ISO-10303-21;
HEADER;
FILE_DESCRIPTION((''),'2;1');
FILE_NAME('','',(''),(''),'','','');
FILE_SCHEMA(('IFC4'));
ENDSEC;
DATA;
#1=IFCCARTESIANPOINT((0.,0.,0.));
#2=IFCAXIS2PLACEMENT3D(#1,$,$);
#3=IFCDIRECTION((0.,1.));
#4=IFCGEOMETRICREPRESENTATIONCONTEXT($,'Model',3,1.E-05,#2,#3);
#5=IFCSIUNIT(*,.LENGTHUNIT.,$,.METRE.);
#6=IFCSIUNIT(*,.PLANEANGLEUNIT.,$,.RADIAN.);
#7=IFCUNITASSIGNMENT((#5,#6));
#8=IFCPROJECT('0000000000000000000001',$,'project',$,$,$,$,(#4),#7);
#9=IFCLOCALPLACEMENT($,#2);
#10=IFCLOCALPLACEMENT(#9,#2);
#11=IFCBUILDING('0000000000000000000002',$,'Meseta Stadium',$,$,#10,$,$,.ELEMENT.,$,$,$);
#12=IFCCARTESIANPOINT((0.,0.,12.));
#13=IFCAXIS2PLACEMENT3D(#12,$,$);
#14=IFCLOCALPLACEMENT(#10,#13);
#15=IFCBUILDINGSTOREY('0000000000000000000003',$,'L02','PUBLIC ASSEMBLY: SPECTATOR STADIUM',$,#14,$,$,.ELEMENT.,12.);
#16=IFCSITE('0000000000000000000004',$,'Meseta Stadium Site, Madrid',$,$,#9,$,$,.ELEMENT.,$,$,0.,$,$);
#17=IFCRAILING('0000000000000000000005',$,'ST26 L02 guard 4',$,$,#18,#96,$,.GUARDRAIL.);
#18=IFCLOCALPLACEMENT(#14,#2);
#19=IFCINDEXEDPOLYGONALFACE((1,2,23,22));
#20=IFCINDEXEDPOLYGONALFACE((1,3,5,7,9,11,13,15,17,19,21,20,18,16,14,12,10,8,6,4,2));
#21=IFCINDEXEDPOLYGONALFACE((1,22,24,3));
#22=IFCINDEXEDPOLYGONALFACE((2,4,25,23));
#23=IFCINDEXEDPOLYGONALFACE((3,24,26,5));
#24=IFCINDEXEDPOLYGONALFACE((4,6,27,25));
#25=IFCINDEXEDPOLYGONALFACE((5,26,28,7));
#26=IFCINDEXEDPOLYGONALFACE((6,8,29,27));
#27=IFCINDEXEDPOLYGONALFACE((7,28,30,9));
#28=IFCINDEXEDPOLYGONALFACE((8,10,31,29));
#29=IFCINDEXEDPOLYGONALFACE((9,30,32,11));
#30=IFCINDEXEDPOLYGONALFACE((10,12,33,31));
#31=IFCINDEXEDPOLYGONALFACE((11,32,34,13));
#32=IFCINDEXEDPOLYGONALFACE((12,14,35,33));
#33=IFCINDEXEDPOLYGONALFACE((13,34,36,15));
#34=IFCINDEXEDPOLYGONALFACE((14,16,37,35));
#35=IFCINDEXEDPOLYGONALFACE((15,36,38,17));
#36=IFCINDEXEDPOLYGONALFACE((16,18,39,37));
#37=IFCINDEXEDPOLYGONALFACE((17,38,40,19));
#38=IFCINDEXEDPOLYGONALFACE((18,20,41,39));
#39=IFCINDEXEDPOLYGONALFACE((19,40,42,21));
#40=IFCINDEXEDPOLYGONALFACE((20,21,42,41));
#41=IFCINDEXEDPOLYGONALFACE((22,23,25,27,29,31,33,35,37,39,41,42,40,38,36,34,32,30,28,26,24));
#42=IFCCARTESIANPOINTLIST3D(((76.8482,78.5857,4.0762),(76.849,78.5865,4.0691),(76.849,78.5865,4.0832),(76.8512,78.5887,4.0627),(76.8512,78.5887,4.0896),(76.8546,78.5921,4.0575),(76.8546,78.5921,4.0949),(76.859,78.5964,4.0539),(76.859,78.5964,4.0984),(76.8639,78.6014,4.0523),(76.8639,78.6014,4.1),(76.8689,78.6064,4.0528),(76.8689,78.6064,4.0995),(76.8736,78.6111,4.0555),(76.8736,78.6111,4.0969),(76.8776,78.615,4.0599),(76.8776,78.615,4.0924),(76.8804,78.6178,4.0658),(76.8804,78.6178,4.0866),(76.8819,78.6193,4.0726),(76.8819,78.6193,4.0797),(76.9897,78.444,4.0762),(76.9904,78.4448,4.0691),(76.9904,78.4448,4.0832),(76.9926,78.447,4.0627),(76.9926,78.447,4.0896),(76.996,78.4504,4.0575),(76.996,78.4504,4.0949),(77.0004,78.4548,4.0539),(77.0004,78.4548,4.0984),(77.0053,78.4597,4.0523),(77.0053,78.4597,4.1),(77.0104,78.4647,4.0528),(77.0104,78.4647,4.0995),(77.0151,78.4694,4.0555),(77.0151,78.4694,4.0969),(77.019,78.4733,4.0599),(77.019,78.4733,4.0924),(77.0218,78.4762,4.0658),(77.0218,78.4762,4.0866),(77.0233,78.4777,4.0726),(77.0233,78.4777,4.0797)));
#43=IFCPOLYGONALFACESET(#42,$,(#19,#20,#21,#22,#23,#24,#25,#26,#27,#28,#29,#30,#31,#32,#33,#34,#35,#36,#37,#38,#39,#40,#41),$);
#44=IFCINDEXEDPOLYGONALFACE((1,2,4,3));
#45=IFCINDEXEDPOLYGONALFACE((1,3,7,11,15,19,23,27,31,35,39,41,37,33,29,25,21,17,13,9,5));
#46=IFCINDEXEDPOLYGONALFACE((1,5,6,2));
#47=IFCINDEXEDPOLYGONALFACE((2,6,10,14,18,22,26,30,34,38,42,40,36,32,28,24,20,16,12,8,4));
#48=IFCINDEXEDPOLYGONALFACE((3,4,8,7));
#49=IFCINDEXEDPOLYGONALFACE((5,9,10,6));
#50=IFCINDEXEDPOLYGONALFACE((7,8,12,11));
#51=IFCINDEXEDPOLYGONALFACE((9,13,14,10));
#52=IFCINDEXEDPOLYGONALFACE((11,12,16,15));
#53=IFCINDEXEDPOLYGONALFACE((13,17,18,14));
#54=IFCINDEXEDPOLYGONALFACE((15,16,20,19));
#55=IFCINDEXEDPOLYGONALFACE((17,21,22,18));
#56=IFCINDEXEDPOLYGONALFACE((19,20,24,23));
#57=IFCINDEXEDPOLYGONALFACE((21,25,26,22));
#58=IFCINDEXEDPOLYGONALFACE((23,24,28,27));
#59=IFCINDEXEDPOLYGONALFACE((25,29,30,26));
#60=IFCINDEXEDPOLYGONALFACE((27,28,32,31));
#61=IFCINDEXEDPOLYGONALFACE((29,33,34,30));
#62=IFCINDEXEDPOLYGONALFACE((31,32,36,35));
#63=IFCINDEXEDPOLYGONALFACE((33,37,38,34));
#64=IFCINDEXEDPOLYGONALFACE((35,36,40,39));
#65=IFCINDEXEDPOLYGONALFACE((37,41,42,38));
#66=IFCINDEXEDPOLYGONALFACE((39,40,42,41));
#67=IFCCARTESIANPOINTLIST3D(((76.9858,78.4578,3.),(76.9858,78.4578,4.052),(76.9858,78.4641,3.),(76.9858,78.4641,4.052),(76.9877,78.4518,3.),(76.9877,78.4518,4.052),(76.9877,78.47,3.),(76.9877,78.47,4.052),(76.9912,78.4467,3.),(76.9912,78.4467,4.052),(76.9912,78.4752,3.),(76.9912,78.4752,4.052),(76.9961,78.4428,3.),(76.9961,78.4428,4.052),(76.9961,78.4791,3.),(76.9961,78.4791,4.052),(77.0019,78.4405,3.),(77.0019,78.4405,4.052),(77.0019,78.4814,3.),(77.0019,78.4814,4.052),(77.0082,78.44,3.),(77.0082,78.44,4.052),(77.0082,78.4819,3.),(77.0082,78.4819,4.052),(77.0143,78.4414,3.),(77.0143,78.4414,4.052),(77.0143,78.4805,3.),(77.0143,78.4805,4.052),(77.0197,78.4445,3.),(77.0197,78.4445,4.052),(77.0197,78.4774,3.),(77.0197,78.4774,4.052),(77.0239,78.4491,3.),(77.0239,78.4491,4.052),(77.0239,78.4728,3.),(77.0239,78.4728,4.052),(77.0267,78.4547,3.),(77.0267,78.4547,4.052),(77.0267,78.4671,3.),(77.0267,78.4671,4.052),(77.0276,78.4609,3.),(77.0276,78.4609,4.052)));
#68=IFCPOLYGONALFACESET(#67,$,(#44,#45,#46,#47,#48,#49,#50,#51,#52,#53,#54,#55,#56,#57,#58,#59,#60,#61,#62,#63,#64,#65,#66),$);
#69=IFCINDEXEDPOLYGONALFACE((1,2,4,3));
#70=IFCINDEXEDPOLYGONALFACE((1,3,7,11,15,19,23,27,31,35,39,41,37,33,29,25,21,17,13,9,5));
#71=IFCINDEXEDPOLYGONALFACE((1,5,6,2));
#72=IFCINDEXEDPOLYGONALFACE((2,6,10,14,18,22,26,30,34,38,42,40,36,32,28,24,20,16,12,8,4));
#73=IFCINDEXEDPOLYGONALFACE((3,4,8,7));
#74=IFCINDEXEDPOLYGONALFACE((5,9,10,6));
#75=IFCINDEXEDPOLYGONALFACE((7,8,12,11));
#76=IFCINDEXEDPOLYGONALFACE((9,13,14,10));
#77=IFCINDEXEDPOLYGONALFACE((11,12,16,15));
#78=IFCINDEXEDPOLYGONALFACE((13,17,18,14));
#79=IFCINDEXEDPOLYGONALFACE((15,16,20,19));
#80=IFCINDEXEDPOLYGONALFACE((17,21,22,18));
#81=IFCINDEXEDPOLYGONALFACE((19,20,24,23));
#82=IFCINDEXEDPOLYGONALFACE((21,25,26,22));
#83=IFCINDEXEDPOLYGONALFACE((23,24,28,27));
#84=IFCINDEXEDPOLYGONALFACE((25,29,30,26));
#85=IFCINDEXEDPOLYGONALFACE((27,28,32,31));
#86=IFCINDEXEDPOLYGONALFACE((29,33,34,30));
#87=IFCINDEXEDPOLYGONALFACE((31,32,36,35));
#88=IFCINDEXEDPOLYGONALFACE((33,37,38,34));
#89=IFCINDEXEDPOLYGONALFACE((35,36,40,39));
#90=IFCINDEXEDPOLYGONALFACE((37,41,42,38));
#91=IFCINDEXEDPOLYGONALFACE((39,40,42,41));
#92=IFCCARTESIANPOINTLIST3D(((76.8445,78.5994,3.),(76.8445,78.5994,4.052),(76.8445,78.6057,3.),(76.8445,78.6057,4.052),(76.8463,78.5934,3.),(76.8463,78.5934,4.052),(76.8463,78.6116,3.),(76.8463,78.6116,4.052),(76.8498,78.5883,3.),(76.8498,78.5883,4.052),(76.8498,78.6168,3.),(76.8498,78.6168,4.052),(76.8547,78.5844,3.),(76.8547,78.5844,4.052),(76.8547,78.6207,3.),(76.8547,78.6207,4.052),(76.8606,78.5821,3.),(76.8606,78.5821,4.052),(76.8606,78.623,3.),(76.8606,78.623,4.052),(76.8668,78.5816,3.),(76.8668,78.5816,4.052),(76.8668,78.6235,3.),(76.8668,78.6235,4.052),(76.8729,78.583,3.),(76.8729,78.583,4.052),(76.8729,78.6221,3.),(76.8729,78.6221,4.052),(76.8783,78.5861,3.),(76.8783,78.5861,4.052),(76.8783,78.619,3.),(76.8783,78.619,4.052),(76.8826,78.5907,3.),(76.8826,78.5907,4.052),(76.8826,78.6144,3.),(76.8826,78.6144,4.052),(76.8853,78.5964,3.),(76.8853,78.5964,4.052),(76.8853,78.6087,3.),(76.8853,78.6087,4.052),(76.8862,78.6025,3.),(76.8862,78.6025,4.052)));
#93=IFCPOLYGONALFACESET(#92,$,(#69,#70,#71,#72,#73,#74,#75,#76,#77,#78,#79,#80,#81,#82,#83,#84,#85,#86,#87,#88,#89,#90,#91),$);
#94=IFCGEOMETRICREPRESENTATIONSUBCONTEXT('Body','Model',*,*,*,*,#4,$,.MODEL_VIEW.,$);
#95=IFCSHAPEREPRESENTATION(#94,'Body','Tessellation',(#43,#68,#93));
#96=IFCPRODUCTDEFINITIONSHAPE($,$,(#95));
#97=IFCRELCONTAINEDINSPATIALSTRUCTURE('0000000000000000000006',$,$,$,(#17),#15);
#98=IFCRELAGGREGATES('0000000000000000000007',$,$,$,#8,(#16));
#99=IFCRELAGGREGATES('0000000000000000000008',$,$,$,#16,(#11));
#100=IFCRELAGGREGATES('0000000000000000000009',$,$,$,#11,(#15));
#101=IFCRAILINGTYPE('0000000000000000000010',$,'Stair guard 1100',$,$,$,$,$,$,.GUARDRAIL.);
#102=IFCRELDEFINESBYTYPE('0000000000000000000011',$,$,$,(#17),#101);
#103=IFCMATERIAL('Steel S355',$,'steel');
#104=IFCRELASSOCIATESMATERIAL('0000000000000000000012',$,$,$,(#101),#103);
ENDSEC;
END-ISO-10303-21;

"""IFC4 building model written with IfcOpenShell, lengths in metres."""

from ifc_helpers import new_model, si_unit, direction, frame, origin, origin_2d, place, context, subcontext, project, spatial, circle, extrude, material, type_object, element, save


model = new_model("IFC4")

# Units and contexts
model_context = context("Model", 3, precision=1e-05, world=origin(), true_north=direction((0.0, 1.0)))
body_context = subcontext(model_context, "Body", "Model", "MODEL_VIEW")
ifc_project = project(units=[si_unit("LENGTHUNIT", "METRE"), si_unit("PLANEANGLEUNIT", "RADIAN")], contexts=[model_context])

# Site, building, storey
site_placement = place(None, origin())
site = spatial("IfcSite", under=ifc_project, at=site_placement, Name="Meseta Stadium Site, Madrid", CompositionType="ELEMENT", RefElevation=0.0)
building_placement = place(site_placement, origin())
building = spatial("IfcBuilding", under=site, at=building_placement, Name="Meseta Stadium", CompositionType="ELEMENT")
storey_placement = place(building_placement, frame((0.0, 0.0, 12.0)))
storey = spatial("IfcBuildingStorey", under=building, at=storey_placement, Name="L02", Description="PUBLIC ASSEMBLY: SPECTATOR STADIUM", CompositionType="ELEMENT", Elevation=12.0)

# Railing
ifc_material_1 = material(Name="Steel S355", Category="steel")
railing_type_1 = type_object("IfcRailingType", Name="Stair guard 1100", PredefinedType="GUARDRAIL", material=ifc_material_1)
railing_1_placement = place(storey_placement, frame((77.0066, 78.4609, 3.0)))
element("IfcRailing", 1, at=railing_1_placement, inside=storey, type_object=railing_type_1, Name="ST26 L02 guard 4", PredefinedType="GUARDRAIL", context=body_context, shape_type="SweptSolid", body=[
    extrude(circle(Radius=0.0239, at=origin_2d()), frame((0.0, 0.0, 1.0762), z_axis=(-0.706496, 0.707717, 0.0), x_axis=(-0.707717, -0.706496, 0.0)), (0.0, 0.0, 1.0), 0.2002),
    extrude(circle(Radius=0.021, at=origin_2d()), origin(), (0.0, 0.0, 1.0), 1.052),
    extrude(circle(Radius=0.021, at=origin_2d()), frame((-0.1414, 0.1416, 0.0)), (0.0, 0.0, 1.0), 1.052),
])

save(model, "model.ifc")
